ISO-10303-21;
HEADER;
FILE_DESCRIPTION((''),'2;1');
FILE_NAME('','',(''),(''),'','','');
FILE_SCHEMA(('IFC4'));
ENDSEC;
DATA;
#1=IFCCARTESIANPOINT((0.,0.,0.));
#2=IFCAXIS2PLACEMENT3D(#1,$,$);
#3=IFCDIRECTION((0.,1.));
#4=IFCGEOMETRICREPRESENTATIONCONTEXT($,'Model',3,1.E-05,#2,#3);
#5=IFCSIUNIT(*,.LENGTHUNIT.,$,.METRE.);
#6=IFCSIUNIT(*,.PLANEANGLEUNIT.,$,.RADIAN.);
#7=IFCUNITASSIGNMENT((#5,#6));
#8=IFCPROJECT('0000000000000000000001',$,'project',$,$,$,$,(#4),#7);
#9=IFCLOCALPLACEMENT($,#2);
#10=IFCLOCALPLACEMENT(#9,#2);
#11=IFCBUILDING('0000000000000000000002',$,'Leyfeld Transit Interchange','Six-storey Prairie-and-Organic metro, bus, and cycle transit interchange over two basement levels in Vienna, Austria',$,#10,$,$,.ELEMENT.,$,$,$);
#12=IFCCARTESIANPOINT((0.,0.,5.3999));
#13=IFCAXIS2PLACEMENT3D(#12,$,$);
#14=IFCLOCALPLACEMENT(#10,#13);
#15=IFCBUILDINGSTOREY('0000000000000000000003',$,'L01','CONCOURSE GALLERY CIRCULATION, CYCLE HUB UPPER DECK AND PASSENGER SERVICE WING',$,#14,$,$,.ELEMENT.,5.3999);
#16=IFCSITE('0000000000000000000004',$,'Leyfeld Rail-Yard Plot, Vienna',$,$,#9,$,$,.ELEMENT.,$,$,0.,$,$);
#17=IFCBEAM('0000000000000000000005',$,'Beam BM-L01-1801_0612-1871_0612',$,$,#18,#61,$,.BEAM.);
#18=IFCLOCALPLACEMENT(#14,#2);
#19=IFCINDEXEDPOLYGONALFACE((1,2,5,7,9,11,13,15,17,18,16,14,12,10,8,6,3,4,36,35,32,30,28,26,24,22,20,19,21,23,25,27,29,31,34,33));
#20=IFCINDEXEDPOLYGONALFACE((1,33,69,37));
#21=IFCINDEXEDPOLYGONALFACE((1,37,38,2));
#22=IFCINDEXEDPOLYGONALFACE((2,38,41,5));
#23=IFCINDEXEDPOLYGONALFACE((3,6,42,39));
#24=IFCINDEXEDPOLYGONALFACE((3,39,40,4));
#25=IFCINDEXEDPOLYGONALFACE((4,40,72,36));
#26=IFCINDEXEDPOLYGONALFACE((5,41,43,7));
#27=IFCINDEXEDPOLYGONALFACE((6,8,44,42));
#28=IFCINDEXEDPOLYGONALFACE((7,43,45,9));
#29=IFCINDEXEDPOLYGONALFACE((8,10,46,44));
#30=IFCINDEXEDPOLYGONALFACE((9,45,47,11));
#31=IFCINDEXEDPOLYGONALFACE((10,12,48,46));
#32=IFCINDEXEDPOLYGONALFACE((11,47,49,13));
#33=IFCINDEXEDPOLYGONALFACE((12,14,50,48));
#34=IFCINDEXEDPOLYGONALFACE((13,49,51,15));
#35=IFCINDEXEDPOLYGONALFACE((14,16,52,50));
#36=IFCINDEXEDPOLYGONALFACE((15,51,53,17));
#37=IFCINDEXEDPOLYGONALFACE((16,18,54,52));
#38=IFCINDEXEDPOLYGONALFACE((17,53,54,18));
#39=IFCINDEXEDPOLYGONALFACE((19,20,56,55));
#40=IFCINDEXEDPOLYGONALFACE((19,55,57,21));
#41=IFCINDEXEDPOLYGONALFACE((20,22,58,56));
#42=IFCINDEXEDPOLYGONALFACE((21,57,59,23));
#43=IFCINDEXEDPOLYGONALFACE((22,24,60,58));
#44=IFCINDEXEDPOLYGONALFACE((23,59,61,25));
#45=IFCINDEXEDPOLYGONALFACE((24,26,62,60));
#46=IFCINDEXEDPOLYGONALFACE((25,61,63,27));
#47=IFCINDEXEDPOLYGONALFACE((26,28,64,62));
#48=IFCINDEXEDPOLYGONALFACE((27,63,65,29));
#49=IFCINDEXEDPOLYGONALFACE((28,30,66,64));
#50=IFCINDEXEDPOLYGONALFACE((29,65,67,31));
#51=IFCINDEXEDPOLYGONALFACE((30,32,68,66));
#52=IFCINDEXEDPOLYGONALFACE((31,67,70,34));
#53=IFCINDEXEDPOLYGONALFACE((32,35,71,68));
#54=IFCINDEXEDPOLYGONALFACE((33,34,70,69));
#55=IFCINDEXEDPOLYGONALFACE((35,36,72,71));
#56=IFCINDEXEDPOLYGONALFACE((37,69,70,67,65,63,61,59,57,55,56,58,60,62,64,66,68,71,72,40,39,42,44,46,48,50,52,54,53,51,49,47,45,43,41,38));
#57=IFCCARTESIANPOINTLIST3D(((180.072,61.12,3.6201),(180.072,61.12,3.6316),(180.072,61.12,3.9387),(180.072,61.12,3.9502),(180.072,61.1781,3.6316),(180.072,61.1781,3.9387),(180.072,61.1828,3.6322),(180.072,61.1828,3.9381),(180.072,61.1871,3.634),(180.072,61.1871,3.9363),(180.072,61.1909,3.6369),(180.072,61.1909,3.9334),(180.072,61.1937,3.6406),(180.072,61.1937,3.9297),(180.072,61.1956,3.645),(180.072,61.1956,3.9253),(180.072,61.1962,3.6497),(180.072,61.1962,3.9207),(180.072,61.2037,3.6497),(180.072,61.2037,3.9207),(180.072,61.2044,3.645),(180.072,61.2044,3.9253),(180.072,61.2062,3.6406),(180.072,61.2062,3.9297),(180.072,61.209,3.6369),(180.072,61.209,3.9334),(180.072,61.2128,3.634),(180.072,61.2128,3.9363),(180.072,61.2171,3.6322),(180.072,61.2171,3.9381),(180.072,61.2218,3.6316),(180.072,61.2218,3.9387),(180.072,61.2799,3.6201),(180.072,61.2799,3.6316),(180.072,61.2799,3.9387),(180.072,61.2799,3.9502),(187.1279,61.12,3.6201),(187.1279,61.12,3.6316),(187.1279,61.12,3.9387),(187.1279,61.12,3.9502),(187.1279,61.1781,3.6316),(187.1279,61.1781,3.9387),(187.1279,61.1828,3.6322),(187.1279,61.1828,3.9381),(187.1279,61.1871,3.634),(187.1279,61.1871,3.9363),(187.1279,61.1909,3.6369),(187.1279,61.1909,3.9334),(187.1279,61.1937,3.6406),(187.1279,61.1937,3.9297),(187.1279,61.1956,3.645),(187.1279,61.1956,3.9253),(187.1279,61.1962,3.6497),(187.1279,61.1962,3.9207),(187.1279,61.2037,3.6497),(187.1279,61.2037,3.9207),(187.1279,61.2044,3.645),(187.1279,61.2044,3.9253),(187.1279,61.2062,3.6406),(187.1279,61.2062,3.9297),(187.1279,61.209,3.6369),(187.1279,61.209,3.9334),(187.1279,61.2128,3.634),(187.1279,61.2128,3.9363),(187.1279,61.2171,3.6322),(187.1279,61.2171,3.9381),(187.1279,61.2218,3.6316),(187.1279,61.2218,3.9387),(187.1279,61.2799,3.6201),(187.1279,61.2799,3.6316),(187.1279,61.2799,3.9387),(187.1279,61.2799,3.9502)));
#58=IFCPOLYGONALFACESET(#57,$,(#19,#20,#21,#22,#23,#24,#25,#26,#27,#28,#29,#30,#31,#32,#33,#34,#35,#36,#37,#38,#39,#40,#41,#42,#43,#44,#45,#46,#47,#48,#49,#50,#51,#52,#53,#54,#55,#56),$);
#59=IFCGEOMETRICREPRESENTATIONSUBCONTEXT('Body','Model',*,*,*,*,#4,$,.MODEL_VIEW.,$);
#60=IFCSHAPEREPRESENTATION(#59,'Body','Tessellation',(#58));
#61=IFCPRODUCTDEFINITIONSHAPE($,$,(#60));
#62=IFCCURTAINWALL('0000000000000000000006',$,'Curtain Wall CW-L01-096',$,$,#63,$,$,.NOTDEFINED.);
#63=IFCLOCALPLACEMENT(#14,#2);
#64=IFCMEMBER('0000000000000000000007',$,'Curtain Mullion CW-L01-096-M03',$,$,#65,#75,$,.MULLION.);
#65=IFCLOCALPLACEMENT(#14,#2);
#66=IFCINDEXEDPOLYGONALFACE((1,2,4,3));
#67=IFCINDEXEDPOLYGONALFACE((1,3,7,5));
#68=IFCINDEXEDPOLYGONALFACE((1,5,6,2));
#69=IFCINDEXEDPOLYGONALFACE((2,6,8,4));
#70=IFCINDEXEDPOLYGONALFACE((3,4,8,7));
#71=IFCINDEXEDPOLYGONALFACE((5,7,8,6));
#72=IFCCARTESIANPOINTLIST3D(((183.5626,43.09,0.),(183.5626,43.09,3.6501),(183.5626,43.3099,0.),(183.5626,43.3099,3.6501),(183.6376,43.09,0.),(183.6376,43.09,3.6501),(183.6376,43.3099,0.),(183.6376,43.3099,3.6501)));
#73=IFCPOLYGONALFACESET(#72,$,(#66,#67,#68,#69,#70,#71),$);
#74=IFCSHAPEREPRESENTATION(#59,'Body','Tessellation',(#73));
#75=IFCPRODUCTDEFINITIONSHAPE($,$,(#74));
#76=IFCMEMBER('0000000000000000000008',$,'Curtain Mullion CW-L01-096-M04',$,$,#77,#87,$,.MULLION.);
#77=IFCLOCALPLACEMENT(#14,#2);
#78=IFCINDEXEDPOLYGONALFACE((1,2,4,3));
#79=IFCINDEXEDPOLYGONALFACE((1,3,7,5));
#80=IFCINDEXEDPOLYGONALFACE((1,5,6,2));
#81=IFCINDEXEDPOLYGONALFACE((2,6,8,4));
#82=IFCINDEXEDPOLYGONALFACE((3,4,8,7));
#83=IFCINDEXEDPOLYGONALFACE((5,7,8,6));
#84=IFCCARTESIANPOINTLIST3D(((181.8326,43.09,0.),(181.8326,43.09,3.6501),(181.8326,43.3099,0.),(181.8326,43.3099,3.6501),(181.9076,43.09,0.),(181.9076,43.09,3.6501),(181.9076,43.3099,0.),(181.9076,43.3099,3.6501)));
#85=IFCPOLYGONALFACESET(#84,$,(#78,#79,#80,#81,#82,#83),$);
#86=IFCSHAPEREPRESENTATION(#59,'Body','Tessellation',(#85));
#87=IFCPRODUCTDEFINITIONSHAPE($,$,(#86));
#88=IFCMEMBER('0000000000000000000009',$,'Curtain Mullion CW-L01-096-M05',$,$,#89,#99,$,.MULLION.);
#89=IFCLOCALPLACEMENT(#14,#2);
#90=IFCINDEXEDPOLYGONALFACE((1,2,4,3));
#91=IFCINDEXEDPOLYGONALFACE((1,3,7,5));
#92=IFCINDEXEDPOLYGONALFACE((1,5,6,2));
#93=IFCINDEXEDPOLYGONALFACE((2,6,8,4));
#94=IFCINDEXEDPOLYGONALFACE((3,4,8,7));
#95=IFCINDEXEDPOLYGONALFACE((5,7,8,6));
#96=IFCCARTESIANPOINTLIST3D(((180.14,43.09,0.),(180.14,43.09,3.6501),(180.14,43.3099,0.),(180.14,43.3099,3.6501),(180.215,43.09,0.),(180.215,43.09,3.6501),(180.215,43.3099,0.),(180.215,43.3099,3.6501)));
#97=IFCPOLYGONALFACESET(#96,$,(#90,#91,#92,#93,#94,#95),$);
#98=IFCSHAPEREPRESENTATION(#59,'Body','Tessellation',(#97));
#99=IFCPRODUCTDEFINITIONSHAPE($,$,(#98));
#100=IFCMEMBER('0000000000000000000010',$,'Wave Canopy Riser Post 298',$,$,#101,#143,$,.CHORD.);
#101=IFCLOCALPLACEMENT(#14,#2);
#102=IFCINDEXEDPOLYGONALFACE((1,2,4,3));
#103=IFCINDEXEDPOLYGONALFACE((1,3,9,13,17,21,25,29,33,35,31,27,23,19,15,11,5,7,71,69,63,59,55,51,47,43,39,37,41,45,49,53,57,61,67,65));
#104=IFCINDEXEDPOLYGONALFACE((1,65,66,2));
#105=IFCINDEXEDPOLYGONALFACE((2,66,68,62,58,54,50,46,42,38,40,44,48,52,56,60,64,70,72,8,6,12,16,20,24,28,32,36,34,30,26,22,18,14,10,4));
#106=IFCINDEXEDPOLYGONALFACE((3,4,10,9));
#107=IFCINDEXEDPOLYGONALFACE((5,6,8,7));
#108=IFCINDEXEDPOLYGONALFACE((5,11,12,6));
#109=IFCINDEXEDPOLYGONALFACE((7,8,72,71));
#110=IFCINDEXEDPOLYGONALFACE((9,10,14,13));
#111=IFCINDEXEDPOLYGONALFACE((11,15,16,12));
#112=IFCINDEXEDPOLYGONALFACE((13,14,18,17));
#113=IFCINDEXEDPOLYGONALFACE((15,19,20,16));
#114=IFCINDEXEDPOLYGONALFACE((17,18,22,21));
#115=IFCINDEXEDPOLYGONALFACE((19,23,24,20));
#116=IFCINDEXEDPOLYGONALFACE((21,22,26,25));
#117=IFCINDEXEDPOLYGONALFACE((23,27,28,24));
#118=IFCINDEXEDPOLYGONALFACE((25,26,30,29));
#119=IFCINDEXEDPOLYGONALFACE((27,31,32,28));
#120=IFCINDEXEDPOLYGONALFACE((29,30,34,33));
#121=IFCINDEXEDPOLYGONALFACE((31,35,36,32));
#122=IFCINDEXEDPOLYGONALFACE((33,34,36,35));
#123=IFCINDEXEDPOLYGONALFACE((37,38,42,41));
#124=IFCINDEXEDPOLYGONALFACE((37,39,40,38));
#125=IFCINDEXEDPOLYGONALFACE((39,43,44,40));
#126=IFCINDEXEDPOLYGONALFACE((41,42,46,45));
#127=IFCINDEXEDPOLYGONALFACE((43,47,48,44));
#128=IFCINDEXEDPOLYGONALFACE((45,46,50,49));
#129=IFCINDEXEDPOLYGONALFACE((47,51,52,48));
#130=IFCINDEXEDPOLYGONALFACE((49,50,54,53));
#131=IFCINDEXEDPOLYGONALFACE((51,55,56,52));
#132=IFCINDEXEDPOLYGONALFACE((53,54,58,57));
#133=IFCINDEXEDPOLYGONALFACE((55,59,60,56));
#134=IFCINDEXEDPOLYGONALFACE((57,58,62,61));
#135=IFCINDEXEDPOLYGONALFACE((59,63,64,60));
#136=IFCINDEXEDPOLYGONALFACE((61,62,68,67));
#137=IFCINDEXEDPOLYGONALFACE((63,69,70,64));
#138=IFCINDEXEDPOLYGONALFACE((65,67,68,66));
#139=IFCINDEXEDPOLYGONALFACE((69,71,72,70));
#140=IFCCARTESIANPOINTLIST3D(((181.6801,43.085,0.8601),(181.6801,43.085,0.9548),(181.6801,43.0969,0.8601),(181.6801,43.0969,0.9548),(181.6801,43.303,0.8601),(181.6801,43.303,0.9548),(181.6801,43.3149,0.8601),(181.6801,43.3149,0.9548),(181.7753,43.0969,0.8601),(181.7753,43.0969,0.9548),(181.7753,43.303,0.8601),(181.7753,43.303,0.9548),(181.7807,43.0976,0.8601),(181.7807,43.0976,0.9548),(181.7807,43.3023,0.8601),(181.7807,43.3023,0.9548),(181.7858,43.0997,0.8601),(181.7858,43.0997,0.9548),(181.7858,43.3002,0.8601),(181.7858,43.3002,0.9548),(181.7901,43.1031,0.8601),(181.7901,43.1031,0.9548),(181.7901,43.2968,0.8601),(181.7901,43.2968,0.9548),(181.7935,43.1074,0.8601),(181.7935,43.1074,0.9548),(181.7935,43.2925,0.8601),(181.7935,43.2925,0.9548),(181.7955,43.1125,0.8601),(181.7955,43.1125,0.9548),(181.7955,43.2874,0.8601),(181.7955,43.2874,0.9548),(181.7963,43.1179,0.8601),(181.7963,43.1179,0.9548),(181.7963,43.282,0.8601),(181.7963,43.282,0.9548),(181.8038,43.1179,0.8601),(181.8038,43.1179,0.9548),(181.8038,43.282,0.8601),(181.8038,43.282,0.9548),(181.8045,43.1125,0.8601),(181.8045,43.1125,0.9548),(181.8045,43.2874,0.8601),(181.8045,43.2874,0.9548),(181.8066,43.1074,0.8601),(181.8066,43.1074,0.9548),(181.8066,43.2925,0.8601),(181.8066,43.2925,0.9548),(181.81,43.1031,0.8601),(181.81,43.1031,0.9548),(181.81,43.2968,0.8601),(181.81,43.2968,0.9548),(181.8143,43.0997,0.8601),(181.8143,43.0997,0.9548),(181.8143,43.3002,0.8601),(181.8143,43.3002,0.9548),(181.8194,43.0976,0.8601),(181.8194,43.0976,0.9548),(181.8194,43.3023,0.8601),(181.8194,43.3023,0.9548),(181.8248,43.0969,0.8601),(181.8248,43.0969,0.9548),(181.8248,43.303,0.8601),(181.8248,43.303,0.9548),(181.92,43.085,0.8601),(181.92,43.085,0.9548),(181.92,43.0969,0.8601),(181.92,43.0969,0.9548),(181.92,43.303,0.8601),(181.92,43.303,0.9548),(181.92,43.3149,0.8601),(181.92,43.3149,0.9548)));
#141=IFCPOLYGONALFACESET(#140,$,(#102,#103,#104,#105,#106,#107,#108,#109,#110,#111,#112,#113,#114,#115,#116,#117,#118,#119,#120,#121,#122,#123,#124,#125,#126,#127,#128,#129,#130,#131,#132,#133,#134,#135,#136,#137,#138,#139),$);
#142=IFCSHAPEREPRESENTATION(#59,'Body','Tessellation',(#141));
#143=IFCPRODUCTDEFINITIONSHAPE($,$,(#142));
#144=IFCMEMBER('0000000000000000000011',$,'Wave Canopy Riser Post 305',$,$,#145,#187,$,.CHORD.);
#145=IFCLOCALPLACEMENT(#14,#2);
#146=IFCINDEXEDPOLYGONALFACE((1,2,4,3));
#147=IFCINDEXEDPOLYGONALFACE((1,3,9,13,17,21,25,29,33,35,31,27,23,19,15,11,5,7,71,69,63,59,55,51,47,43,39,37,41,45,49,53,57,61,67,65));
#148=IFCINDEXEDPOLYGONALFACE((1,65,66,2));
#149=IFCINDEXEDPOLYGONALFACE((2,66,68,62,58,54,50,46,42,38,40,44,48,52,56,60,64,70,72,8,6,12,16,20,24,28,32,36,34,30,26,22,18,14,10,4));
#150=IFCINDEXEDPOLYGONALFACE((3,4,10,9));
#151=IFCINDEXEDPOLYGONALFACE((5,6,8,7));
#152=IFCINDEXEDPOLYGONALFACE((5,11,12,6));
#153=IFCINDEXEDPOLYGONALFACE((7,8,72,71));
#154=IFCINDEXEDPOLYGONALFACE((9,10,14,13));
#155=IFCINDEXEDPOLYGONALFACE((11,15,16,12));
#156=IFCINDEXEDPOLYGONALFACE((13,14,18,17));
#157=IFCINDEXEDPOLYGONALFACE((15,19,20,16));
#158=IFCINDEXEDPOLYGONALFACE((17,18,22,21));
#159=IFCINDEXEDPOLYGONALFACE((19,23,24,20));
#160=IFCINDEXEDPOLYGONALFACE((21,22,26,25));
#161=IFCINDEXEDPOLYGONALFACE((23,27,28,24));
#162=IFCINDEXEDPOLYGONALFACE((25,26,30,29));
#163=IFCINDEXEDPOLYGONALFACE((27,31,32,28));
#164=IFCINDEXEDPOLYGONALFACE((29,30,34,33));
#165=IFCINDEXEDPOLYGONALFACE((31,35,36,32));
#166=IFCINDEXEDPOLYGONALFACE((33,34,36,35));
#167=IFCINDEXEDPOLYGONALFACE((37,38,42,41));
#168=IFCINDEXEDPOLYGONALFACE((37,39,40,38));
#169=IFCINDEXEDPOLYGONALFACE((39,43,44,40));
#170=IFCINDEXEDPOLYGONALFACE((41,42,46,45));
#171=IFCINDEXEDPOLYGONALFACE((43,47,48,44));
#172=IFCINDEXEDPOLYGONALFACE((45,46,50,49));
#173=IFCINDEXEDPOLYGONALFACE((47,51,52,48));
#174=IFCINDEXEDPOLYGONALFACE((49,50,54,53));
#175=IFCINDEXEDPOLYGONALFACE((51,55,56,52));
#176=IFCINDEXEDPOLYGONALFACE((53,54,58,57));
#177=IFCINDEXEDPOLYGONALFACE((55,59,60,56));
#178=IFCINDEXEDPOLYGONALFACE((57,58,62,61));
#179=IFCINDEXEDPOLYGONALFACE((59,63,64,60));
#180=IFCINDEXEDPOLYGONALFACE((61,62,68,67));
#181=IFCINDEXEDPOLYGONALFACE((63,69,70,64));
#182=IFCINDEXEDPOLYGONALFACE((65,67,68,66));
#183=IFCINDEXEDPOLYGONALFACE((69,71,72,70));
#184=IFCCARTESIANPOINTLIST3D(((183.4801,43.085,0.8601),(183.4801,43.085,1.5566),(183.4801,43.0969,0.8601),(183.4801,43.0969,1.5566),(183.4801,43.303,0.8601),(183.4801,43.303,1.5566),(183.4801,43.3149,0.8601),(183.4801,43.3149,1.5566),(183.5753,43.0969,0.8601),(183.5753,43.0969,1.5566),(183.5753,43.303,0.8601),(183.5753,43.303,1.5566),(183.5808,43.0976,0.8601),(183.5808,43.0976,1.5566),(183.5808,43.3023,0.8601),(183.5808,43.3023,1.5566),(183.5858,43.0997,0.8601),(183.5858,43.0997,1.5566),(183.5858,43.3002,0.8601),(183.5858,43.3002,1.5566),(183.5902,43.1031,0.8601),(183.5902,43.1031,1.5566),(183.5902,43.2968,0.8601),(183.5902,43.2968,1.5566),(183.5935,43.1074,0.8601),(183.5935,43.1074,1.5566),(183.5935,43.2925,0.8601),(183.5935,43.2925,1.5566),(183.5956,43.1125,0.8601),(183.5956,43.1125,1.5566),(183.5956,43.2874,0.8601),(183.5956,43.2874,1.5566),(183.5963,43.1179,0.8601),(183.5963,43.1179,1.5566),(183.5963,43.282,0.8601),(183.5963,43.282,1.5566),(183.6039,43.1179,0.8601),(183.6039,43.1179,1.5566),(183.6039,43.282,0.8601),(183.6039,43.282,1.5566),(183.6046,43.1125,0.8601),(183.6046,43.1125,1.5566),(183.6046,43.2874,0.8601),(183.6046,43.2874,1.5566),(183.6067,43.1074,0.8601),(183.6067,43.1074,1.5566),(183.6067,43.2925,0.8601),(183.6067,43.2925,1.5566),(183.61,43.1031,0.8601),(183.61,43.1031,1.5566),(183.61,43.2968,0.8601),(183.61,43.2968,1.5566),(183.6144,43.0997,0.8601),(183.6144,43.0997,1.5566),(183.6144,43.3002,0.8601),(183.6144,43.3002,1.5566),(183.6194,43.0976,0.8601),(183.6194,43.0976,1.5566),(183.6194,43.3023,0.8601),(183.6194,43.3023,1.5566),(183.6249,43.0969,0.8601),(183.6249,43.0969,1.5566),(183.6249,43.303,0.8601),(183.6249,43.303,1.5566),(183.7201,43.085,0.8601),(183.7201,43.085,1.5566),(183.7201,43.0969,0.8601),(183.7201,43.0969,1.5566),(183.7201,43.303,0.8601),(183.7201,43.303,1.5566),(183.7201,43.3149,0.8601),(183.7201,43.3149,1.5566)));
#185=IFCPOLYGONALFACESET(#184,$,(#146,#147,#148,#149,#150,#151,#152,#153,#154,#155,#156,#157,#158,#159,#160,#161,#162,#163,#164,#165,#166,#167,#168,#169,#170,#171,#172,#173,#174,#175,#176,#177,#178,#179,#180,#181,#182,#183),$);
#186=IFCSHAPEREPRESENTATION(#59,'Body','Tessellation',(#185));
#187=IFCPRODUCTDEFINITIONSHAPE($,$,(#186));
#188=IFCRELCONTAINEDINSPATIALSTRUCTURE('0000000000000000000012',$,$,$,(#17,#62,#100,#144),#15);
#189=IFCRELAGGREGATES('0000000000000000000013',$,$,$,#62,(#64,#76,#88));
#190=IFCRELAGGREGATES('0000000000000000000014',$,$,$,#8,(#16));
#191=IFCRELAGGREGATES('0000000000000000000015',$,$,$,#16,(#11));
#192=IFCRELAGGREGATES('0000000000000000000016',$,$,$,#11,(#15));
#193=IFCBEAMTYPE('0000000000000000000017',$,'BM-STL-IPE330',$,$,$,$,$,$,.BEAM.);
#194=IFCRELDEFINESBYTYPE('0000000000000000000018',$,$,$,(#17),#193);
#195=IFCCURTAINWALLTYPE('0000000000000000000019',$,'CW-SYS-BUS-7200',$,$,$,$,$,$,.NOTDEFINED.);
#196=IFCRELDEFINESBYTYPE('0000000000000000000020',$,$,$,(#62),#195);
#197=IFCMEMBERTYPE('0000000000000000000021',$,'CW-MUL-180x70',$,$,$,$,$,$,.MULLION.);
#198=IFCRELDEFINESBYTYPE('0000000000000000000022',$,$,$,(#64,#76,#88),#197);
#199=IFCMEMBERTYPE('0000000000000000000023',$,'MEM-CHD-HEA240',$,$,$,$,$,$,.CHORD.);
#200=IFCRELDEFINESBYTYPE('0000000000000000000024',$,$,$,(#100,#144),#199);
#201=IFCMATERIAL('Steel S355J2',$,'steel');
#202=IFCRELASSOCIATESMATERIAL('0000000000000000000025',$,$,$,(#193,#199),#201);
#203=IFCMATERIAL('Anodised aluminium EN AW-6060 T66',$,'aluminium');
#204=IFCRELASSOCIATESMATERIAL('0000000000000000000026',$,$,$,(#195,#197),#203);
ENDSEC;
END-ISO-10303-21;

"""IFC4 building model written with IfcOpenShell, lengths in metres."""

from ifc_helpers import new_model, si_unit, direction, frame, origin, origin_2d, place, context, subcontext, project, spatial, rectangle, i_section, extrude, material, material_profile, profile_set, type_object, element, aggregate, save


model = new_model("IFC4")

# Units and contexts
model_context = context("Model", 3, precision=1e-05, world=origin(), true_north=direction((0.0, 1.0)))
body_context = subcontext(model_context, "Body", "Model", "MODEL_VIEW")
ifc_project = project(units=[si_unit("LENGTHUNIT", "METRE"), si_unit("PLANEANGLEUNIT", "RADIAN")], contexts=[model_context])

# Site, building, storey
site_placement = place(None, origin())
site = spatial("IfcSite", under=ifc_project, at=site_placement, Name="Leyfeld Rail-Yard Plot, Vienna", CompositionType="ELEMENT", RefElevation=0.0)
building_placement = place(site_placement, origin())
building = spatial("IfcBuilding", under=site, at=building_placement, Name="Leyfeld Transit Interchange", Description="Six-storey Prairie-and-Organic metro, bus, and cycle transit interchange over two basement levels in Vienna, Austria", CompositionType="ELEMENT")
storey_placement = place(building_placement, frame((0.0, 0.0, 5.3999)))
storey = spatial("IfcBuildingStorey", under=building, at=storey_placement, Name="L01", Description="CONCOURSE GALLERY CIRCULATION, CYCLE HUB UPPER DECK AND PASSENGER SERVICE WING", CompositionType="ELEMENT", Elevation=5.3999)

# Shared definitions
ifc_material_1 = material(Name="Steel S355J2", Category="steel")

# Beam
ifc_material_profile_1 = material_profile(ifc_material_1, i_section(OverallWidth=0.1599, OverallDepth=0.3301, WebThickness=0.0076, FlangeThickness=0.0115, FilletRadius=0.0181, at=origin_2d()), Name="IPE 330")
ifc_profile_set_1 = profile_set([ifc_material_profile_1], Name="Steel S355J2")
beam_type_1 = type_object("IfcBeamType", Name="BM-STL-IPE330", PredefinedType="BEAM", material=ifc_profile_set_1)
beam_1_placement = place(storey_placement, frame((180.072, 61.2, 3.7852), z_axis=(1.0, 0.0, 0.0), x_axis=(0.0, 1.0, 0.0)))
element("IfcBeam", 1, at=beam_1_placement, inside=storey, type_object=beam_type_1, Name="Beam BM-L01-1801_0612-1871_0612", PredefinedType="BEAM", context=body_context, shape_type="SweptSolid", body=[
    extrude(i_section(OverallWidth=0.1599, OverallDepth=0.3301, WebThickness=0.0076, FlangeThickness=0.0115, FilletRadius=0.0181, at=origin_2d()), origin(), (0.0, 0.0, 1.0), 7.0559),
])

# Curtain wall, members
ifc_material_2 = material(Name="Anodised aluminium EN AW-6060 T66", Category="aluminium")
curtain_wall_type = type_object("IfcCurtainWallType", Name="CW-SYS-BUS-7200", PredefinedType="NOTDEFINED", material=ifc_material_2)
curtain_wall_placement = place(storey_placement, origin())
curtain_wall = element("IfcCurtainWall", 2, at=curtain_wall_placement, inside=storey, type_object=curtain_wall_type, Name="Curtain Wall CW-L01-096", PredefinedType="NOTDEFINED")
ifc_material_profile_2 = material_profile(ifc_material_2, rectangle(XDim=0.075, YDim=0.22, at=origin_2d()), Name="CW-M 75x220")
ifc_profile_set_2 = profile_set([ifc_material_profile_2], Name="Anodised aluminium EN AW-6060 T66")
member_type_1 = type_object("IfcMemberType", Name="CW-MUL-180x70", PredefinedType="MULLION", material=ifc_profile_set_2)
member_1_placement = place(storey_placement, frame((183.6001, 43.2, 0.0), z_axis=(0.0, 0.0, 1.0), x_axis=(-1.0, 0.0, 0.0)))
member_1 = element("IfcMember", 3, at=member_1_placement, type_object=member_type_1, Name="Curtain Mullion CW-L01-096-M03", PredefinedType="MULLION", context=body_context, shape_type="SweptSolid", body=[
    extrude(rectangle(XDim=0.075, YDim=0.22, at=origin_2d()), origin(), (0.0, 0.0, 1.0), 3.6501),
])
member_2_placement = place(storey_placement, frame((181.8701, 43.2, 0.0), z_axis=(0.0, 0.0, 1.0), x_axis=(-1.0, 0.0, 0.0)))
member_2 = element("IfcMember", 4, at=member_2_placement, type_object=member_type_1, Name="Curtain Mullion CW-L01-096-M04", PredefinedType="MULLION", context=body_context, shape_type="SweptSolid", body=[
    extrude(rectangle(XDim=0.075, YDim=0.22, at=origin_2d()), origin(), (0.0, 0.0, 1.0), 3.6501),
])
member_3_placement = place(storey_placement, frame((180.1775, 43.2, 0.0), z_axis=(0.0, 0.0, 1.0), x_axis=(-1.0, 0.0, 0.0)))
member_3 = element("IfcMember", 5, at=member_3_placement, type_object=member_type_1, Name="Curtain Mullion CW-L01-096-M05", PredefinedType="MULLION", context=body_context, shape_type="SweptSolid", body=[
    extrude(rectangle(XDim=0.075, YDim=0.22, at=origin_2d()), origin(), (0.0, 0.0, 1.0), 3.6501),
])

# Members
ifc_material_profile_3 = material_profile(ifc_material_1, i_section(OverallWidth=0.24, OverallDepth=0.23, WebThickness=0.0076, FlangeThickness=0.012, FilletRadius=0.021, at=origin_2d()), Name="HEA 240")
ifc_profile_set_3 = profile_set([ifc_material_profile_3], Name="Steel S355J2")
member_type_2 = type_object("IfcMemberType", Name="MEM-CHD-HEA240", PredefinedType="CHORD", material=ifc_profile_set_3)
member_4_placement = place(storey_placement, frame((181.8, 43.2, 0.8601), z_axis=(0.0, 0.0, 1.0), x_axis=(1.0, 0.0, 0.0)))
element("IfcMember", 6, at=member_4_placement, inside=storey, type_object=member_type_2, Name="Wave Canopy Riser Post 298", PredefinedType="CHORD", context=body_context, shape_type="SweptSolid", body=[
    extrude(i_section(OverallWidth=0.24, OverallDepth=0.23, WebThickness=0.0076, FlangeThickness=0.012, FilletRadius=0.021, at=origin_2d()), origin(), (0.0, 0.0, 1.0), 0.0947),
])
member_5_placement = place(storey_placement, frame((183.6001, 43.2, 0.8601), z_axis=(0.0, 0.0, 1.0), x_axis=(1.0, 0.0, 0.0)))
element("IfcMember", 7, at=member_5_placement, inside=storey, type_object=member_type_2, Name="Wave Canopy Riser Post 305", PredefinedType="CHORD", context=body_context, shape_type="SweptSolid", body=[
    extrude(i_section(OverallWidth=0.24, OverallDepth=0.23, WebThickness=0.0076, FlangeThickness=0.012, FilletRadius=0.021, at=origin_2d()), origin(), (0.0, 0.0, 1.0), 0.6965),
])

aggregate(curtain_wall, [member_1, member_2, member_3])

save(model, "model.ifc")
